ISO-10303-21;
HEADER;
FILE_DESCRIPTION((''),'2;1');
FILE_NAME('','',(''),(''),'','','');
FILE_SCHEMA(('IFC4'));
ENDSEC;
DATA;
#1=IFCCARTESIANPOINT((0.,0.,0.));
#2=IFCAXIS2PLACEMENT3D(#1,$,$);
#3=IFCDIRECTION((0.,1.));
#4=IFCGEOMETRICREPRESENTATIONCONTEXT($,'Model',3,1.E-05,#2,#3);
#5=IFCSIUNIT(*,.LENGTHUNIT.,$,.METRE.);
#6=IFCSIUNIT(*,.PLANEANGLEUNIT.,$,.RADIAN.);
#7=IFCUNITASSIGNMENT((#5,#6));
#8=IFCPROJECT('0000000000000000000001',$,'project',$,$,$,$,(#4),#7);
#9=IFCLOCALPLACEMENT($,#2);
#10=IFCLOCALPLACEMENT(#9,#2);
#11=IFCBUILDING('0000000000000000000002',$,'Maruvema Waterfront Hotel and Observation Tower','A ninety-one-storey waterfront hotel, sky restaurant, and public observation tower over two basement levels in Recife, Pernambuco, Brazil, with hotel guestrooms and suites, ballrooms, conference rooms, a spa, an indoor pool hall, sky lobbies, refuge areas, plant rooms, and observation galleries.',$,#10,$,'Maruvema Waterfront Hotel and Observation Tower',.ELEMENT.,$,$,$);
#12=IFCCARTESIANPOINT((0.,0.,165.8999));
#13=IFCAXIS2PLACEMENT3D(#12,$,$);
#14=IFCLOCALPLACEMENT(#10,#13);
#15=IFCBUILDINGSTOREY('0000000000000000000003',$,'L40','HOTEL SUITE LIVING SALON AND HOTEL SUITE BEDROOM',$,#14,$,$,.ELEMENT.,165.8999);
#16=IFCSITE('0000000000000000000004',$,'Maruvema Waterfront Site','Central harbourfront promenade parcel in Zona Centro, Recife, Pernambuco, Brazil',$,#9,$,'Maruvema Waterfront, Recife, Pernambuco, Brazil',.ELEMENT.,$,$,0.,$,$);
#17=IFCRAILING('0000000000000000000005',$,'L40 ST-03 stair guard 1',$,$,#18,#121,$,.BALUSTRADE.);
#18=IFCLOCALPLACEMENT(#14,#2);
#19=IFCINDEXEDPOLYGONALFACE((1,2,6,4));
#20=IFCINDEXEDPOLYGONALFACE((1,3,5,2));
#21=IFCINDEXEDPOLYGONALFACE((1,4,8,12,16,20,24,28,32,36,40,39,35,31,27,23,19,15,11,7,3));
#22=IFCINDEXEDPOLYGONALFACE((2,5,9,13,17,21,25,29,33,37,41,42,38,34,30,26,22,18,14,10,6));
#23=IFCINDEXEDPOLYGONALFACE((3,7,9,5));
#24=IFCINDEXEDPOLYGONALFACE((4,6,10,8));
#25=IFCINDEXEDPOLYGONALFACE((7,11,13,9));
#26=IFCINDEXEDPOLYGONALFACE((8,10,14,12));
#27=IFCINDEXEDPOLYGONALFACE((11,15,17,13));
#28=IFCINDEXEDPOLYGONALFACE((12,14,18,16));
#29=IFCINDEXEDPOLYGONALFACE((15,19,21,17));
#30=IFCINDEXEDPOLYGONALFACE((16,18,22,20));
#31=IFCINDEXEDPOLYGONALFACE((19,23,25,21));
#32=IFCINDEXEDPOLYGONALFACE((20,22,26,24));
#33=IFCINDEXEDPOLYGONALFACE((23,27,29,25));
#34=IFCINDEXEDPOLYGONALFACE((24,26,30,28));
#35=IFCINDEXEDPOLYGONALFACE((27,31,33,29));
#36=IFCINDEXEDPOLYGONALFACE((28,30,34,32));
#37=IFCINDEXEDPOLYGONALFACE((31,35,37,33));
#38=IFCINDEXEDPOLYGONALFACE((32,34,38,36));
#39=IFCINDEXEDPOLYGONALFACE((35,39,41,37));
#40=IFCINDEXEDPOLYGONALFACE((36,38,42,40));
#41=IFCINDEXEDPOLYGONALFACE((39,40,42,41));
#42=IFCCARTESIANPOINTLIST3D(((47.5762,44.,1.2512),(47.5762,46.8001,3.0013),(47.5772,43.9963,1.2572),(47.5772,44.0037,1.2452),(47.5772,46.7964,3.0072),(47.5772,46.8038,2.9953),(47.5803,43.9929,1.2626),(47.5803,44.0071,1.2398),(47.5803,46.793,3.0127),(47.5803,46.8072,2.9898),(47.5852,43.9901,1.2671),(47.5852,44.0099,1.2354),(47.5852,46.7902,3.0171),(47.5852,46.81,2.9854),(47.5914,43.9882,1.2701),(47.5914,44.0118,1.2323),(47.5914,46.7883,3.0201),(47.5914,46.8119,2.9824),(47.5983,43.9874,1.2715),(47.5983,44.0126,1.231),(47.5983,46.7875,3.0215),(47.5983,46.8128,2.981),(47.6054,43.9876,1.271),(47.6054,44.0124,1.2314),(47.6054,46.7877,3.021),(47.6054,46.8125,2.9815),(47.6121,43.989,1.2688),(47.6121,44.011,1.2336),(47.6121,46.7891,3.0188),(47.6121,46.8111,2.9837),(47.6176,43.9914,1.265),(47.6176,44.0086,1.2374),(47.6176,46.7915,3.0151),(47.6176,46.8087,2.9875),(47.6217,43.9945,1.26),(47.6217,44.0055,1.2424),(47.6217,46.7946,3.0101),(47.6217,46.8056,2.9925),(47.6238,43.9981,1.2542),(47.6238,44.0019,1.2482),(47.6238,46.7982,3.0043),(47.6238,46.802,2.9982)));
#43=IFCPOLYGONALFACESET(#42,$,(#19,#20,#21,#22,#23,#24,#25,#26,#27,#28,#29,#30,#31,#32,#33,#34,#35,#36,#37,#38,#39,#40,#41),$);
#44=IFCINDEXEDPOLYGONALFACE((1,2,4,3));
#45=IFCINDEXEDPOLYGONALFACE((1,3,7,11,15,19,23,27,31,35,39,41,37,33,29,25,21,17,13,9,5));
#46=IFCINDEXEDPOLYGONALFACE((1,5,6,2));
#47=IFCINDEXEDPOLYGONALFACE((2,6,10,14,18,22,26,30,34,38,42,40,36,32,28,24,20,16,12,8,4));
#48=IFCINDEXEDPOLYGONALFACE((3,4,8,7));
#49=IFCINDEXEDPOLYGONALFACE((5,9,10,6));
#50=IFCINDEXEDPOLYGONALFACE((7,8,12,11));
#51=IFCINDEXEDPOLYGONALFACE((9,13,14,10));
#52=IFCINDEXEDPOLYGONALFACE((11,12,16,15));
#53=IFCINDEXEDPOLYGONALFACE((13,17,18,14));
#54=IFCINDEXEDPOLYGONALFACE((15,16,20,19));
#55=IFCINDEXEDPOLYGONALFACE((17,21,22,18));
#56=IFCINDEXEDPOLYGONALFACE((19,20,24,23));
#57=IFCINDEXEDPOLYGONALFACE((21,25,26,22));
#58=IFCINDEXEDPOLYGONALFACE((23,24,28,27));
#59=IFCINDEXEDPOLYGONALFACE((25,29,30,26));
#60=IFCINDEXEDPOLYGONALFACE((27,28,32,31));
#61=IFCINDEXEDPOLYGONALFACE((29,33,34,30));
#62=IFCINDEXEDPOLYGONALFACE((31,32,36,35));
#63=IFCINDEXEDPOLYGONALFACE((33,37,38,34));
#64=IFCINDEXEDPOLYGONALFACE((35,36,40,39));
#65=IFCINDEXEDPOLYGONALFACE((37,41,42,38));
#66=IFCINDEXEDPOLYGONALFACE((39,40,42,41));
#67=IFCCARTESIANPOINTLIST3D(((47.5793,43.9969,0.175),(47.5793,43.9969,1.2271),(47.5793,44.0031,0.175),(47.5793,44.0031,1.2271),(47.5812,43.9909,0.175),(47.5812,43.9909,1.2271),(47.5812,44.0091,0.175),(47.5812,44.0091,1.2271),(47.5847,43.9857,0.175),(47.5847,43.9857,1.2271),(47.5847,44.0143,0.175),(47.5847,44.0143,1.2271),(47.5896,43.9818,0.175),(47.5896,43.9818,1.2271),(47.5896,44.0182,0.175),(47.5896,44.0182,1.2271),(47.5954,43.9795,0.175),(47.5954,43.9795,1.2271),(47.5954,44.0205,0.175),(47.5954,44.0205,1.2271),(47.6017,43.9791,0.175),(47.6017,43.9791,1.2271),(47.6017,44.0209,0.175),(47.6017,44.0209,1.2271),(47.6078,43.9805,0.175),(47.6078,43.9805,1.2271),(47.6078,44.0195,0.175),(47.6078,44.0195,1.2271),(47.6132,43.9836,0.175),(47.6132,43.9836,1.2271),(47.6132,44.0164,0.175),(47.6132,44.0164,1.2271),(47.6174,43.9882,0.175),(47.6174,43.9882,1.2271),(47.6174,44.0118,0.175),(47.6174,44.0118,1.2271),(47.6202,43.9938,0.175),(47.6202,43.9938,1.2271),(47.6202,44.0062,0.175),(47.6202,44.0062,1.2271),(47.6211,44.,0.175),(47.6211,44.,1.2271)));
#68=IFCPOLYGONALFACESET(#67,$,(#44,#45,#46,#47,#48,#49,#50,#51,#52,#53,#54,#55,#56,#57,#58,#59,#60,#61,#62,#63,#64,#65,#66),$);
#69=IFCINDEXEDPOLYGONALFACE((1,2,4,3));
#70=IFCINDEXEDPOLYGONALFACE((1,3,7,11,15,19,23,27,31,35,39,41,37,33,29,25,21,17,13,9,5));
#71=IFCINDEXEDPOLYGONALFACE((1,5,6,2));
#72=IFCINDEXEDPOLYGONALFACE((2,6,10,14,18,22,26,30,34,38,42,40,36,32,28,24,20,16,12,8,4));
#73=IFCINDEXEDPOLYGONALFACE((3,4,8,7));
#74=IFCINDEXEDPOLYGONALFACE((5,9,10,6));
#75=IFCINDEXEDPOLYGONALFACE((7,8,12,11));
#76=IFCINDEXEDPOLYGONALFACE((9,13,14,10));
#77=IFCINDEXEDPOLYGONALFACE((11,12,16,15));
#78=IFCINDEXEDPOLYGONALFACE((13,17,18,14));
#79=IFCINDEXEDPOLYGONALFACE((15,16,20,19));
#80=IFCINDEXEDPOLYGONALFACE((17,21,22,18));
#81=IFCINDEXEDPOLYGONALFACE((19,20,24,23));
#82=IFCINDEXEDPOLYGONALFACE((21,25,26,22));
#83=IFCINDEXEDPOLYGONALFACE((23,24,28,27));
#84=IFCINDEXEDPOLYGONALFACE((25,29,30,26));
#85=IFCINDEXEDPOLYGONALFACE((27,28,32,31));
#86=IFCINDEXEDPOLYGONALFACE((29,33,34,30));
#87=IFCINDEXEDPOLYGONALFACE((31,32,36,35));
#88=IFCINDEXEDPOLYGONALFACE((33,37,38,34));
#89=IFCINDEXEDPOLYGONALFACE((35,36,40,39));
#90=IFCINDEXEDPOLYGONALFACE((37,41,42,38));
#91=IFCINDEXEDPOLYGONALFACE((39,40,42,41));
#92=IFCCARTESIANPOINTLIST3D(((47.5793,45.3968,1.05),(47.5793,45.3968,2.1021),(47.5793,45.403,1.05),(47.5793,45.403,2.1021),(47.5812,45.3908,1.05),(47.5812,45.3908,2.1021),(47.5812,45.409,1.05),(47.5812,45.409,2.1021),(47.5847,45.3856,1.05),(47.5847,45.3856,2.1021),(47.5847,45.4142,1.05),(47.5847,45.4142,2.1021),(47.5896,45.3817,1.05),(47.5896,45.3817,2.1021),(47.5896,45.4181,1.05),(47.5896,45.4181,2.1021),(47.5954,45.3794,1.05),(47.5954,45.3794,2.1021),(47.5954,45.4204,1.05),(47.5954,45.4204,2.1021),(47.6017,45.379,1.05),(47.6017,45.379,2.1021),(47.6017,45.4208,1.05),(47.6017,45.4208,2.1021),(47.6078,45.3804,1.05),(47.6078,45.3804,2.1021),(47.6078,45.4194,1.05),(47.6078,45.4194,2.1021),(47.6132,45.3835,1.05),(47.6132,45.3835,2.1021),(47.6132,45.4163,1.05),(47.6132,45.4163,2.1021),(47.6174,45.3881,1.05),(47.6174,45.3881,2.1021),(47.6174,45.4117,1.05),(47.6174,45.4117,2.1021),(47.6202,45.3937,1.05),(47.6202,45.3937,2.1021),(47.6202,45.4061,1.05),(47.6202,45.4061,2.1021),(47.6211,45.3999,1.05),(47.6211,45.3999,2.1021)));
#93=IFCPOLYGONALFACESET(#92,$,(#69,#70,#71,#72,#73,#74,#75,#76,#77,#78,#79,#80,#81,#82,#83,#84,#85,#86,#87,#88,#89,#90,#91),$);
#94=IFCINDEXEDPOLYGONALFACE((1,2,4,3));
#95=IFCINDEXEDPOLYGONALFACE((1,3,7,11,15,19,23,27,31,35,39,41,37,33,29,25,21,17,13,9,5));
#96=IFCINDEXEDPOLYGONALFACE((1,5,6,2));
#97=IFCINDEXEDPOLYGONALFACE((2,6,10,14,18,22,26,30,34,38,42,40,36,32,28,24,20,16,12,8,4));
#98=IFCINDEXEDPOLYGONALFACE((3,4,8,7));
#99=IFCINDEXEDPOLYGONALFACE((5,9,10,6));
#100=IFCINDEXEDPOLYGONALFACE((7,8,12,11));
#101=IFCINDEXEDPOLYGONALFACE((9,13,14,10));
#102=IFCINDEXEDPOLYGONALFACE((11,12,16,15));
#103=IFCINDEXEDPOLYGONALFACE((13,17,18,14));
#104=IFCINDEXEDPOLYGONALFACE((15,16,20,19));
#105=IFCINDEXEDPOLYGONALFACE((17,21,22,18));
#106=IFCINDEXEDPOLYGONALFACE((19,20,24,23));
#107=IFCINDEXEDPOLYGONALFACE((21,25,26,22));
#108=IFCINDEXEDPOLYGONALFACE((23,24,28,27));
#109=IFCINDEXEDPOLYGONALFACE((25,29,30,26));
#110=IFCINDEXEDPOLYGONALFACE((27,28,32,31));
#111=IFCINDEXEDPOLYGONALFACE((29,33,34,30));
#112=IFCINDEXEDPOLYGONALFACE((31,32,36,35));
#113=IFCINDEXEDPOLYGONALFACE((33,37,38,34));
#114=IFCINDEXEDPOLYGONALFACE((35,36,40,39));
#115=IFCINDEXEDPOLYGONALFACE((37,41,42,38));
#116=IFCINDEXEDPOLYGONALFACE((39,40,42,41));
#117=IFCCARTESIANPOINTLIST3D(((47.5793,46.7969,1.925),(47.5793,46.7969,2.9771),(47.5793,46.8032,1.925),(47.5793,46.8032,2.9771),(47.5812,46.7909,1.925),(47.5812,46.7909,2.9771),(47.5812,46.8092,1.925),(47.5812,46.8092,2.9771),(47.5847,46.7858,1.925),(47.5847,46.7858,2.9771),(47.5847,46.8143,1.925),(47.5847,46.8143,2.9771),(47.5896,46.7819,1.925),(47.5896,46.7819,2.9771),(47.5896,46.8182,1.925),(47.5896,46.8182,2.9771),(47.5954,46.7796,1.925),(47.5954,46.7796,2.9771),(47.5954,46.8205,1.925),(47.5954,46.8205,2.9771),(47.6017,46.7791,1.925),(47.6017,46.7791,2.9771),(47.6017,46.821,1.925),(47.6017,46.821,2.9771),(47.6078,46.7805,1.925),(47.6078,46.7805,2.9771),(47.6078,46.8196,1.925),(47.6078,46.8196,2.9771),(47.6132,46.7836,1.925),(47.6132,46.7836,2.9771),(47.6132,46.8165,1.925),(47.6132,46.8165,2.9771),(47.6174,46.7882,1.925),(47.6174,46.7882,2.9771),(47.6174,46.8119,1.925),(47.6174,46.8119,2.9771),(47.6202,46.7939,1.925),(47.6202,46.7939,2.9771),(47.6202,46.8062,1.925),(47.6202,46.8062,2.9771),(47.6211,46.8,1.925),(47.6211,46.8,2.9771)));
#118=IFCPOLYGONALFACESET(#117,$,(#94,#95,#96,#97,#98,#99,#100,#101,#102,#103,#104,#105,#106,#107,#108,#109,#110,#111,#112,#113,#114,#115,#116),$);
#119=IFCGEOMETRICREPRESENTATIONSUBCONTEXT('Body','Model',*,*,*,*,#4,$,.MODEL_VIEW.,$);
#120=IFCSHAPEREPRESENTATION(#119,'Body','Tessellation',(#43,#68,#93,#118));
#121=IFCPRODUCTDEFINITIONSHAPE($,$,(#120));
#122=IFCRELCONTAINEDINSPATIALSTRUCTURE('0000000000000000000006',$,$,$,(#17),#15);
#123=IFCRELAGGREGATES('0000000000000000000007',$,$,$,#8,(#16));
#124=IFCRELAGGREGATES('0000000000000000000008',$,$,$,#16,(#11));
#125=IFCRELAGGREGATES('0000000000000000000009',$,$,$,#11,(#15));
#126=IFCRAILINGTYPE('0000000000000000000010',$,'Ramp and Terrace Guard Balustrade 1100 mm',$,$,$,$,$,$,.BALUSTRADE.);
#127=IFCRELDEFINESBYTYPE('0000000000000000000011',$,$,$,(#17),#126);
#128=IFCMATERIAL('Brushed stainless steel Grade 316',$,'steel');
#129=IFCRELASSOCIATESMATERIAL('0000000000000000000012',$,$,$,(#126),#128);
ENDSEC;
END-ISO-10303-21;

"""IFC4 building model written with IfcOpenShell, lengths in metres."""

from ifc_helpers import new_model, si_unit, direction, frame, origin, origin_2d, place, context, subcontext, project, spatial, circle, extrude, material, type_object, element, save


model = new_model("IFC4")

# Units and contexts
model_context = context("Model", 3, precision=1e-05, world=origin(), true_north=direction((0.0, 1.0)))
body_context = subcontext(model_context, "Body", "Model", "MODEL_VIEW")
ifc_project = project(units=[si_unit("LENGTHUNIT", "METRE"), si_unit("PLANEANGLEUNIT", "RADIAN")], contexts=[model_context])

# Site, building, storey
site_placement = place(None, origin())
site = spatial("IfcSite", under=ifc_project, at=site_placement, Name="Maruvema Waterfront Site", Description="Central harbourfront promenade parcel in Zona Centro, Recife, Pernambuco, Brazil", LongName="Maruvema Waterfront, Recife, Pernambuco, Brazil", CompositionType="ELEMENT", RefElevation=0.0)
building_placement = place(site_placement, origin())
building = spatial("IfcBuilding", under=site, at=building_placement, Name="Maruvema Waterfront Hotel and Observation Tower", Description="A ninety-one-storey waterfront hotel, sky restaurant, and public observation tower over two basement levels in Recife, Pernambuco, Brazil, with hotel guestrooms and suites, ballrooms, conference rooms, a spa, an indoor pool hall, sky lobbies, refuge areas, plant rooms, and observation galleries.", LongName="Maruvema Waterfront Hotel and Observation Tower", CompositionType="ELEMENT")
storey_placement = place(building_placement, frame((0.0, 0.0, 165.8999)))
storey = spatial("IfcBuildingStorey", under=building, at=storey_placement, Name="L40", Description="HOTEL SUITE LIVING SALON AND HOTEL SUITE BEDROOM", CompositionType="ELEMENT", Elevation=165.8999)

# Railing
ifc_material_1 = material(Name="Brushed stainless steel Grade 316", Category="steel")
railing_type_1 = type_object("IfcRailingType", Name="Ramp and Terrace Guard Balustrade 1100 mm", PredefinedType="BALUSTRADE", material=ifc_material_1)
railing_1_placement = place(storey_placement, frame((47.6001, 44.0, 0.175)))
element("IfcRailing", 1, at=railing_1_placement, inside=storey, type_object=railing_type_1, Name="L40 ST-03 stair guard 1", PredefinedType="BALUSTRADE", context=body_context, shape_type="SweptSolid", body=[
    extrude(circle(Radius=0.0239, at=origin_2d()), frame((0.0, 0.0, 1.0762), z_axis=(0.0, 0.848002, 0.529992), x_axis=(-1.0, 0.0, 0.0)), (0.0, 0.0, 1.0), 3.302),
    extrude(circle(Radius=0.021, at=origin_2d()), origin(), (0.0, 0.0, 1.0), 1.052),
    extrude(circle(Radius=0.021, at=origin_2d()), frame((0.0, 1.3999, 0.875)), (0.0, 0.0, 1.0), 1.052),
    extrude(circle(Radius=0.021, at=origin_2d()), frame((0.0, 2.8, 1.75)), (0.0, 0.0, 1.0), 1.052),
])

save(model, "model.ifc")
